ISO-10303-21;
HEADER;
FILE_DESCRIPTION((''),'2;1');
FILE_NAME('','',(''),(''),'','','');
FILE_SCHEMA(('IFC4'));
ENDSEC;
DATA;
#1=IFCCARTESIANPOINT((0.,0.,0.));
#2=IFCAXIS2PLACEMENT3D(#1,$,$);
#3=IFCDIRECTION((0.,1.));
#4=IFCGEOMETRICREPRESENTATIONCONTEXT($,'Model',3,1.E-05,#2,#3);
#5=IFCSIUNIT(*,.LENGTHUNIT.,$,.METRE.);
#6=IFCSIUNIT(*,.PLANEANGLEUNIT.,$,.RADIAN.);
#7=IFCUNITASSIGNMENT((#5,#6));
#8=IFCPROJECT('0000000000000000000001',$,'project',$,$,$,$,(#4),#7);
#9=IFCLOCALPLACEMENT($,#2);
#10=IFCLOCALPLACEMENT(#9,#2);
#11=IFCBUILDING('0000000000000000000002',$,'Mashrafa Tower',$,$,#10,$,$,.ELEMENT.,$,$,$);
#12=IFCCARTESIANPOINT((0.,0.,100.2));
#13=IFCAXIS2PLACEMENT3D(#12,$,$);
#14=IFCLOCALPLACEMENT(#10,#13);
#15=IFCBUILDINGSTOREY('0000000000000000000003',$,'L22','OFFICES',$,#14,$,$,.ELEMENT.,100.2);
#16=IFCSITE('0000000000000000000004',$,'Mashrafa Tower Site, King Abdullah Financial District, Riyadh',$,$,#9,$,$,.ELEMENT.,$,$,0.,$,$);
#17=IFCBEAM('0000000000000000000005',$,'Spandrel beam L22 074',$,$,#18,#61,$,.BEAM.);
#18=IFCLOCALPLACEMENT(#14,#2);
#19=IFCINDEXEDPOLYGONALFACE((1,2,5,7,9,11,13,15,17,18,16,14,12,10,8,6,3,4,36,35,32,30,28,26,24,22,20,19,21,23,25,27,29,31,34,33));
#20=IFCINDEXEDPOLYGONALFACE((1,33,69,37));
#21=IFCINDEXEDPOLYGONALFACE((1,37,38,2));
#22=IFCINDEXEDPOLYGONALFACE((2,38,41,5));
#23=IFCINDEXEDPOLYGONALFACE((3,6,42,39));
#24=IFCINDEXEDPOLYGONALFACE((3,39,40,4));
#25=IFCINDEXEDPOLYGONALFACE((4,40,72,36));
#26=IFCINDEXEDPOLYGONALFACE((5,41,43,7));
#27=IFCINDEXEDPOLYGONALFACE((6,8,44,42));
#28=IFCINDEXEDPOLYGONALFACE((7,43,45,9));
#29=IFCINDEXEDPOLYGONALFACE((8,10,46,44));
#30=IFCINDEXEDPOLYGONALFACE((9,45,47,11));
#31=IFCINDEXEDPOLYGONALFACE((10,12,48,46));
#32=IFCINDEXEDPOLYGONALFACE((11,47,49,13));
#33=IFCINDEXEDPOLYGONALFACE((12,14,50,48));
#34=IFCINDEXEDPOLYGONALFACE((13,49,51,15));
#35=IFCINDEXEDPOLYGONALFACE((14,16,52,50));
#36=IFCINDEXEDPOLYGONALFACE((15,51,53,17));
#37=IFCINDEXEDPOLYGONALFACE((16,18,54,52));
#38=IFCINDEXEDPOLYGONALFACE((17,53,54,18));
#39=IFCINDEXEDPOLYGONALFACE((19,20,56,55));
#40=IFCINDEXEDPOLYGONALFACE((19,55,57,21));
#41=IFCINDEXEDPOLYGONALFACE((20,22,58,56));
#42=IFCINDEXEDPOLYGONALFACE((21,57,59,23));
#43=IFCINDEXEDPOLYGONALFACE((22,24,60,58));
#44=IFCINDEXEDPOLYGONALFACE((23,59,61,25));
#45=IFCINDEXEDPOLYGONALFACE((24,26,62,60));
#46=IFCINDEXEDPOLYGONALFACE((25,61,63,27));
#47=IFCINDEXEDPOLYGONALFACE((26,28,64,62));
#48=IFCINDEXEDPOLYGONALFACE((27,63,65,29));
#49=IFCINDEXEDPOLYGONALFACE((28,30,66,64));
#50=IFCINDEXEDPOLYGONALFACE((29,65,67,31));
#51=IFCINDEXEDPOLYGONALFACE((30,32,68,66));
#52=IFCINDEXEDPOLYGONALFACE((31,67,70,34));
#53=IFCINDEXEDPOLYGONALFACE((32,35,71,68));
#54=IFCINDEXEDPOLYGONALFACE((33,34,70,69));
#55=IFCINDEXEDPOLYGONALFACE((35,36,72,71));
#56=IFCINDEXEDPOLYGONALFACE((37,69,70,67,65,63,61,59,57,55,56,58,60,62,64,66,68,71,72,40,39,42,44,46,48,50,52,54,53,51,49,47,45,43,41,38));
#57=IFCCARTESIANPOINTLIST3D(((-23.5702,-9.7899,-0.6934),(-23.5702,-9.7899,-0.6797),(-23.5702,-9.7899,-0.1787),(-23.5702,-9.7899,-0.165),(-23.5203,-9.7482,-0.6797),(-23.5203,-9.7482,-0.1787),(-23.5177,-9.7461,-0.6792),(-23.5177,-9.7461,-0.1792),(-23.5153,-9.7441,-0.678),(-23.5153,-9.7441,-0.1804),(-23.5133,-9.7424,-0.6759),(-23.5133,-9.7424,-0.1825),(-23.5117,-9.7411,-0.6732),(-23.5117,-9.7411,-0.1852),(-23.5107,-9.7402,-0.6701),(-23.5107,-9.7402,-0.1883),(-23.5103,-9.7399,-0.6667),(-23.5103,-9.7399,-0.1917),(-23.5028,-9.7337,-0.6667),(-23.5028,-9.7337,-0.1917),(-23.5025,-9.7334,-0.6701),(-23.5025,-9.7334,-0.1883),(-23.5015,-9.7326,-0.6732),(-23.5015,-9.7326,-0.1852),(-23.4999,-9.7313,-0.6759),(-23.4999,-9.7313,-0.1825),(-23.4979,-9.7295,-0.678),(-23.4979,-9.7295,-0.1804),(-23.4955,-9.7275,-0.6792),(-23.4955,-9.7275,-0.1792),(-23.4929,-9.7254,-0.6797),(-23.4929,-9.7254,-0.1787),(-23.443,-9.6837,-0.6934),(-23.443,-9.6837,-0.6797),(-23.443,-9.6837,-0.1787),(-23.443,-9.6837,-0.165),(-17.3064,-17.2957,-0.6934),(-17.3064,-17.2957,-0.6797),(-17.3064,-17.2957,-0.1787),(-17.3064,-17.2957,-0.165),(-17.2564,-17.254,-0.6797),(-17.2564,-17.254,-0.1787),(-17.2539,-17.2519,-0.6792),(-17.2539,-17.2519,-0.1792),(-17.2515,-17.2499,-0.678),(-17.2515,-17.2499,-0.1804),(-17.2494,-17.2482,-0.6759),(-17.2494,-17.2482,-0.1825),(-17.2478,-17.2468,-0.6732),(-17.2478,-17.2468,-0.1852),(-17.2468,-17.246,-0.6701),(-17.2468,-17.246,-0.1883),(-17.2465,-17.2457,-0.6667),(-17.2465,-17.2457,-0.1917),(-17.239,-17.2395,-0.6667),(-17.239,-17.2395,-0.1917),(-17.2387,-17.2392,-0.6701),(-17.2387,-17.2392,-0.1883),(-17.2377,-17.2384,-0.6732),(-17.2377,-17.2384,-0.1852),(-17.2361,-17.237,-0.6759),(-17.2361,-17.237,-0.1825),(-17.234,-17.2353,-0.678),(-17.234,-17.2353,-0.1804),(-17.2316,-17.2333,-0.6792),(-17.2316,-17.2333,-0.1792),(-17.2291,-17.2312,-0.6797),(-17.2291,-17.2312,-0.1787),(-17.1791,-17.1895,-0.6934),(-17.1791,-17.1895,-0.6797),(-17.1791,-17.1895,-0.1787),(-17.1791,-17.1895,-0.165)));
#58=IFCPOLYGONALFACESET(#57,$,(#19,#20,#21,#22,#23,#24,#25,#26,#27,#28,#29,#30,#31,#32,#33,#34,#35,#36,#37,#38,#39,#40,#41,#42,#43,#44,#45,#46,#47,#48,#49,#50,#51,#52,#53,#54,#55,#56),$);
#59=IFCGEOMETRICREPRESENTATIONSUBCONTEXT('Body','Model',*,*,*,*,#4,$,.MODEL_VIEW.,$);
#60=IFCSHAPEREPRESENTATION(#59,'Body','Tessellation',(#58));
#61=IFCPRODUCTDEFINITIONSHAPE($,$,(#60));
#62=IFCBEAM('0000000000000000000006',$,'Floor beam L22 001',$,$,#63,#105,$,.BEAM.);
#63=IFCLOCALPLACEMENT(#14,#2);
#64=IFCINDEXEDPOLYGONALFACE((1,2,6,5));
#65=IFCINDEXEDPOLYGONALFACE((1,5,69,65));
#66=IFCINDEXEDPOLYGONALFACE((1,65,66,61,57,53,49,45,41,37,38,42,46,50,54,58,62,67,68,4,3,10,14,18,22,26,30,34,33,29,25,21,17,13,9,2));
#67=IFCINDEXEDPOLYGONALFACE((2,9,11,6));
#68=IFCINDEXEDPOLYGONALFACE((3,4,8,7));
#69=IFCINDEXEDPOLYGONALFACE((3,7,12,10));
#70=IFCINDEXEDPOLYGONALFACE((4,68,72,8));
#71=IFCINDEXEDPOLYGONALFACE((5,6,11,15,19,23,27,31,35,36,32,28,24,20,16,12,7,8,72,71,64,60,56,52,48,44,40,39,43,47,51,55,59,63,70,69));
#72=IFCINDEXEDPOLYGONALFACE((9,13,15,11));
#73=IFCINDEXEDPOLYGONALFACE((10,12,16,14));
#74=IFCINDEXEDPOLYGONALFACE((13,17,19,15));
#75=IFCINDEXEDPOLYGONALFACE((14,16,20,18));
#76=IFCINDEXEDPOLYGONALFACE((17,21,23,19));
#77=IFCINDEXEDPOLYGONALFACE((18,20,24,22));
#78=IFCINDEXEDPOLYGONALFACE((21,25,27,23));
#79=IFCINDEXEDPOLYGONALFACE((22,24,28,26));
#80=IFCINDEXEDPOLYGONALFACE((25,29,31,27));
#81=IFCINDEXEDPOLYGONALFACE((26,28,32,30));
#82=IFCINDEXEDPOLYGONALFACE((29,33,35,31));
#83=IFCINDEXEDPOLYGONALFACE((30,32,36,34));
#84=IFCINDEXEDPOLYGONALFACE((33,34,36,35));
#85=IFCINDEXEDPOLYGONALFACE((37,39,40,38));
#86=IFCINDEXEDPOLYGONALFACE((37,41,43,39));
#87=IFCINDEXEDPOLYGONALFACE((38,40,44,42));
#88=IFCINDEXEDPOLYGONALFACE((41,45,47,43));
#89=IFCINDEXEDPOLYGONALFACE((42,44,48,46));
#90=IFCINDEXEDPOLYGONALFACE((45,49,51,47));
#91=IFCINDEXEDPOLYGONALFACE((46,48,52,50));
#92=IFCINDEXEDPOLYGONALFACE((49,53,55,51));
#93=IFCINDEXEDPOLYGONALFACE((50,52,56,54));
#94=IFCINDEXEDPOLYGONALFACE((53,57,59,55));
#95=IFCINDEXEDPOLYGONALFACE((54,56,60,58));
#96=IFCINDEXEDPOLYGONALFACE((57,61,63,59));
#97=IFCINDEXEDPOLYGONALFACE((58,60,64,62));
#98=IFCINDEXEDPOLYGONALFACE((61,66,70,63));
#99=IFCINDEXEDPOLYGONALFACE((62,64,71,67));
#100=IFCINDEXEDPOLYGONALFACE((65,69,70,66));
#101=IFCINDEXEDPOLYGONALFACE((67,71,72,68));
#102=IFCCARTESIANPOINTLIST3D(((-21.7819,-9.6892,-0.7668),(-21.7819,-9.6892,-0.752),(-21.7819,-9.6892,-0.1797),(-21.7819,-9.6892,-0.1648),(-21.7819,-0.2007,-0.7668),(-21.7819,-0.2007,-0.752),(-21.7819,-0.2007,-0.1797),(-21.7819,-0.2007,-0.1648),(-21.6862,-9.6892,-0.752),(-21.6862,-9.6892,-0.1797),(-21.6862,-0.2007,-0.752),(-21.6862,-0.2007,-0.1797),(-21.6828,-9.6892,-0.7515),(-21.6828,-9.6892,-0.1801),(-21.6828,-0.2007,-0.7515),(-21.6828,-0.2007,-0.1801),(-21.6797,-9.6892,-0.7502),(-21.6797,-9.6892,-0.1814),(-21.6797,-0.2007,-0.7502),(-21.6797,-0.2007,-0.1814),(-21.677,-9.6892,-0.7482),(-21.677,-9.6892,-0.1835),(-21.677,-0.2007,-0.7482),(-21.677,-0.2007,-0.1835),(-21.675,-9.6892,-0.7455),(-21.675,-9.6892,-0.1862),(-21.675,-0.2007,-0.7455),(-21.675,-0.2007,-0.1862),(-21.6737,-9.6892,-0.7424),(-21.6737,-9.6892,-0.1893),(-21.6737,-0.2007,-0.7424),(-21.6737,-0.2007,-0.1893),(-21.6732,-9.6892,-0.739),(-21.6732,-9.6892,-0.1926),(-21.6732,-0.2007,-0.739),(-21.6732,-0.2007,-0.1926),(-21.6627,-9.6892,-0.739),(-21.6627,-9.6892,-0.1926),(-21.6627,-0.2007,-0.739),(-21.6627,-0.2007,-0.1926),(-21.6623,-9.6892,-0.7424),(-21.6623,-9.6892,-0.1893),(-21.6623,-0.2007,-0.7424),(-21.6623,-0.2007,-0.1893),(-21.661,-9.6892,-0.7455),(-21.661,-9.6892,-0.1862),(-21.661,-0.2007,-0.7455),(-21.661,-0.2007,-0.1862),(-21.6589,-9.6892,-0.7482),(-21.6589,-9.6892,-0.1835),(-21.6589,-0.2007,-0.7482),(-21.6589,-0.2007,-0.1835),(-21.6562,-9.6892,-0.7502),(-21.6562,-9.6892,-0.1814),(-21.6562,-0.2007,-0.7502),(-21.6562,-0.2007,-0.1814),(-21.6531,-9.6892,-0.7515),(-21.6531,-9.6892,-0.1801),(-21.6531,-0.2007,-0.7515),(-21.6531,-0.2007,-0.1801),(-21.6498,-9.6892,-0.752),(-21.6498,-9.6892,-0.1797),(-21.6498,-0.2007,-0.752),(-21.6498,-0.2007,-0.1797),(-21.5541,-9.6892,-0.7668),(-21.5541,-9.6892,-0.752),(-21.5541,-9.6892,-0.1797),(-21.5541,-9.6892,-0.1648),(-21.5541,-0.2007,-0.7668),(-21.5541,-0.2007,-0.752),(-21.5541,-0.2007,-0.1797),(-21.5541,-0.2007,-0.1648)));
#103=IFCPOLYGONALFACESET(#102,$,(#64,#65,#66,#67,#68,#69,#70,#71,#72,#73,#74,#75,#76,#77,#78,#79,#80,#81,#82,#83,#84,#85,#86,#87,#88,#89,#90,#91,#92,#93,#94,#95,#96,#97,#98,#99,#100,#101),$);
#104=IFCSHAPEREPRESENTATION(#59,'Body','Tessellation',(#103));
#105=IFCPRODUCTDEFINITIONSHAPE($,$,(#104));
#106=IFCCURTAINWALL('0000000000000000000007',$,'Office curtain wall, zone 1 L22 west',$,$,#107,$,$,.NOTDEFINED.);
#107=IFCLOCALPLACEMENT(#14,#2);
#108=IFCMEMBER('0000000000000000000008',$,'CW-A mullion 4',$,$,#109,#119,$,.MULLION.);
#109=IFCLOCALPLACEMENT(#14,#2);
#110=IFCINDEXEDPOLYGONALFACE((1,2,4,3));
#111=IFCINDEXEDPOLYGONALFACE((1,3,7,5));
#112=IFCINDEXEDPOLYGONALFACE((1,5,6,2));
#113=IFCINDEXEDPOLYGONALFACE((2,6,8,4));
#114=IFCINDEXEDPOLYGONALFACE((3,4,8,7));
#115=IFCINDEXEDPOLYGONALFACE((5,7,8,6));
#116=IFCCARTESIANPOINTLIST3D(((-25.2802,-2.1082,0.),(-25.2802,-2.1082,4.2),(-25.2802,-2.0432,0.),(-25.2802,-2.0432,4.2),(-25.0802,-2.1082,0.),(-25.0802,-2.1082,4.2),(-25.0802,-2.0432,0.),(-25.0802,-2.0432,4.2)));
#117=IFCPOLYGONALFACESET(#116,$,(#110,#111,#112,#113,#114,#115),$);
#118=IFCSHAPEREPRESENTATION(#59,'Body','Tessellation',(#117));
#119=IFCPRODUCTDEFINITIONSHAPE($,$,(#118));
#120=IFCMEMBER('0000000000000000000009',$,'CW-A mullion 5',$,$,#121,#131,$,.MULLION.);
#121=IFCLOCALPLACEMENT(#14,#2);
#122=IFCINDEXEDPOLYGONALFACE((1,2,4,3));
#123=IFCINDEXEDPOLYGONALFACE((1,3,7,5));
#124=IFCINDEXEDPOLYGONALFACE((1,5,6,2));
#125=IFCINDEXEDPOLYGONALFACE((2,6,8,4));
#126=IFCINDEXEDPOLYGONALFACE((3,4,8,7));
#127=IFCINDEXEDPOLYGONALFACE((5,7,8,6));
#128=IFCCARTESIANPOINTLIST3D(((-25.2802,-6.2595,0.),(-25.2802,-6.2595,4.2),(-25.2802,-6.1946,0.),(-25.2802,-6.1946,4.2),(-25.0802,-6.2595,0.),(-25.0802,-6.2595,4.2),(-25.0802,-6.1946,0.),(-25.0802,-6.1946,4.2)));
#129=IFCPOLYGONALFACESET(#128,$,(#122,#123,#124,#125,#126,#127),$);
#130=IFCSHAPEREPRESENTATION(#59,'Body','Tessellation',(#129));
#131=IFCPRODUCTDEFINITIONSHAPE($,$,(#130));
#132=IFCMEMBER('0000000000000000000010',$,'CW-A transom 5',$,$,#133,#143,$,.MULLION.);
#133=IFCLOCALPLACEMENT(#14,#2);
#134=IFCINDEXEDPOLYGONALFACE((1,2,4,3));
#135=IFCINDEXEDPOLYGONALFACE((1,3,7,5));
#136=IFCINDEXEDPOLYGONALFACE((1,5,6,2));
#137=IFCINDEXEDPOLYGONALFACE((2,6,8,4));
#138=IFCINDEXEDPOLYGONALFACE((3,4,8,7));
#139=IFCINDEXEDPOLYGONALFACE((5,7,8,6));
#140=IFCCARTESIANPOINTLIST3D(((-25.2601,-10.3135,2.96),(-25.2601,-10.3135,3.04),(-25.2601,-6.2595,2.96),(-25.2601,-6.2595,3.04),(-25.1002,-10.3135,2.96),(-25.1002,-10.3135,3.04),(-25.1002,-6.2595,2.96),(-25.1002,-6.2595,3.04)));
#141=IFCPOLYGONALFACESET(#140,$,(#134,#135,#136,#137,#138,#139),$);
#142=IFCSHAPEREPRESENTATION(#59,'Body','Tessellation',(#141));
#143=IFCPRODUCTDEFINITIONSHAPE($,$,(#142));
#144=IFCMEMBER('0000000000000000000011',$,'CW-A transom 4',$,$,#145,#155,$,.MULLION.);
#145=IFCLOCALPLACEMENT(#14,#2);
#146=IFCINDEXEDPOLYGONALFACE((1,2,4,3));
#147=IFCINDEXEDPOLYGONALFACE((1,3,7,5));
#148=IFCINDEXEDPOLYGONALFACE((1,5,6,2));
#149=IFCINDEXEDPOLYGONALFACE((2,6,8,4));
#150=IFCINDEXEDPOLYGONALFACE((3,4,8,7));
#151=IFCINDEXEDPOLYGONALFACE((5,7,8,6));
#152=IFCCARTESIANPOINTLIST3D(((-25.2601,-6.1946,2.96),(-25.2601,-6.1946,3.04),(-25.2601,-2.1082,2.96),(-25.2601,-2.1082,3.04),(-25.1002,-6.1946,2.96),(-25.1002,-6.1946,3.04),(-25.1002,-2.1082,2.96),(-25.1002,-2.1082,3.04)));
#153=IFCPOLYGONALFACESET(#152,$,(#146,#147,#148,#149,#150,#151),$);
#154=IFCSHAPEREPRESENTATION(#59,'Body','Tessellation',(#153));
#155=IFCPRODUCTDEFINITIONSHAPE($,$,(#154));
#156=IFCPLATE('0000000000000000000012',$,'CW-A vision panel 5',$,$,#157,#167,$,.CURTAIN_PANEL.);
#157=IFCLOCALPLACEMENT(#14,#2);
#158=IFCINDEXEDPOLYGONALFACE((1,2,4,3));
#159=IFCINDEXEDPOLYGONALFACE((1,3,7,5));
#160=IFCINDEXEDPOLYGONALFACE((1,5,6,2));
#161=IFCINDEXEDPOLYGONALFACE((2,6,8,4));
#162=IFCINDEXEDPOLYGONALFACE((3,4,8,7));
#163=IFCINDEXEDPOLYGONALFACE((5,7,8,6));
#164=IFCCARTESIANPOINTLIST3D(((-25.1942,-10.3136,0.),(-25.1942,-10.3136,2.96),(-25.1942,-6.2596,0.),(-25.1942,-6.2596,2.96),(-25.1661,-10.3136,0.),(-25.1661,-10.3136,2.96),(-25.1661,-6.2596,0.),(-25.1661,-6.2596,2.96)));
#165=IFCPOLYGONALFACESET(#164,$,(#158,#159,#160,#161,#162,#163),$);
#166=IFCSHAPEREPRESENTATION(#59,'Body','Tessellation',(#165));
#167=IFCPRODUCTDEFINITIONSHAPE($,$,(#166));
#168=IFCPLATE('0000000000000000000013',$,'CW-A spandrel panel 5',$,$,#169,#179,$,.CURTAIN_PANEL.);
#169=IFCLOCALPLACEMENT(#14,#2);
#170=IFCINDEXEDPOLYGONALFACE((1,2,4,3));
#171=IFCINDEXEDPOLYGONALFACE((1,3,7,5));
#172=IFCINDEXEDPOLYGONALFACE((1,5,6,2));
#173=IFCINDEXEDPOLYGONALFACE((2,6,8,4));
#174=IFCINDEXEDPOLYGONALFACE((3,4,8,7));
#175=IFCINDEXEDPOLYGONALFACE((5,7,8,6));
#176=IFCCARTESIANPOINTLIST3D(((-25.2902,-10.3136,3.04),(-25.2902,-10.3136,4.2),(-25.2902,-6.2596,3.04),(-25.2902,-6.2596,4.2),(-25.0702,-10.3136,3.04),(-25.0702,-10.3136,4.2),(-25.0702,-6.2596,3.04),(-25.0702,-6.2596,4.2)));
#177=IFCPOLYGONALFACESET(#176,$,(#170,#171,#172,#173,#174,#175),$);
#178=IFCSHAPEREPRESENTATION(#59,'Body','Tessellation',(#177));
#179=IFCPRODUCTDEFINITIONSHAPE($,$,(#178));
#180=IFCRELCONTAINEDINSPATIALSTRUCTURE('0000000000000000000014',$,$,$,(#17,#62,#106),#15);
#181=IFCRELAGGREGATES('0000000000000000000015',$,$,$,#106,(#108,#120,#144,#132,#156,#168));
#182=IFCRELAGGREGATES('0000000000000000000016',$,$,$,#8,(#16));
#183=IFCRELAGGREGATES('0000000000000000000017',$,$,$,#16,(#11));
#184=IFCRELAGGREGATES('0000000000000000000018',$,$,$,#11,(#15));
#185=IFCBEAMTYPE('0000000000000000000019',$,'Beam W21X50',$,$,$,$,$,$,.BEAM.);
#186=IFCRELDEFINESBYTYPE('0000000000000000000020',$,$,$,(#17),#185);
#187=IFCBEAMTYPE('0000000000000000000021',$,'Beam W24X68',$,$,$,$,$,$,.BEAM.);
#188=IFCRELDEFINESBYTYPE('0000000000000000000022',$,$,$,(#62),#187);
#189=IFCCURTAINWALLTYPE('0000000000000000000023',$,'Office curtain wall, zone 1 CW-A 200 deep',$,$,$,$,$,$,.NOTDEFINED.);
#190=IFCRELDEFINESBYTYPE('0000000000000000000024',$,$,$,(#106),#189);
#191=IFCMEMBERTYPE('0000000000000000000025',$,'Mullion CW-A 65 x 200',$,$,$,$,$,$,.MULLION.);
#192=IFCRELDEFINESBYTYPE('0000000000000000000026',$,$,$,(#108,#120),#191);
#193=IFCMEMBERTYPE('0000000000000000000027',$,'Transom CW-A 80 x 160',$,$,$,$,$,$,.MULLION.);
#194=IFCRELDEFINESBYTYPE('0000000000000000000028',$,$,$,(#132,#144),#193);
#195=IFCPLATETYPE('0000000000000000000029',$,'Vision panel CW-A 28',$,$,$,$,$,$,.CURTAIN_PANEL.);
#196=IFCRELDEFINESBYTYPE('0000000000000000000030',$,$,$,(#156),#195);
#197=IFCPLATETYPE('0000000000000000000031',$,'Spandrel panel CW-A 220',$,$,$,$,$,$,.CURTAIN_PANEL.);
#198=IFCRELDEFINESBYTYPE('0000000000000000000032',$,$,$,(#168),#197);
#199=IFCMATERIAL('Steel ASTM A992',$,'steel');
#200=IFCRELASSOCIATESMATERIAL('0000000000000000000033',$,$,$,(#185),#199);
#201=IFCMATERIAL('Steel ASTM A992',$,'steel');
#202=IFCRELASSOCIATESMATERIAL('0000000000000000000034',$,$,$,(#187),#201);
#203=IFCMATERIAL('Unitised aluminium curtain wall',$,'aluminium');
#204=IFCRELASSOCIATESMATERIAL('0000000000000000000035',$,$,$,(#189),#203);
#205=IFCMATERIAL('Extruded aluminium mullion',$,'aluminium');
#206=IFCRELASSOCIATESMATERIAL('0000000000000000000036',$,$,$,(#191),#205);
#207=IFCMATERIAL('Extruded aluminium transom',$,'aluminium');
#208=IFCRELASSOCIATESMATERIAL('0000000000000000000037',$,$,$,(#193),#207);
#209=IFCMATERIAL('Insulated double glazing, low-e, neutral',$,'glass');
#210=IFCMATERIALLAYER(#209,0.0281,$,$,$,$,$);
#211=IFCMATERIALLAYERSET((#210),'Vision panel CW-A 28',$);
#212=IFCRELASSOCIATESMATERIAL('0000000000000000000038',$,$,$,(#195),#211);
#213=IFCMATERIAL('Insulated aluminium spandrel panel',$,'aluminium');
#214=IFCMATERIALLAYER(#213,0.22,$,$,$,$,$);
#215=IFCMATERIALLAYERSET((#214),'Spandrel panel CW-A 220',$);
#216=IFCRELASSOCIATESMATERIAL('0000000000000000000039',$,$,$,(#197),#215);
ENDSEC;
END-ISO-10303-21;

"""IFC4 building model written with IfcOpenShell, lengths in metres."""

from ifc_helpers import new_model, si_unit, direction, frame, origin, origin_2d, place, context, subcontext, project, spatial, rectangle, i_section, extrude, source, transform, mapped, material, layer, layer_set, material_profile, profile_set, type_object, type_shapes, element, aggregate, save


model = new_model("IFC4")

# Units and contexts
model_context = context("Model", 3, precision=1e-05, world=origin(), true_north=direction((0.0, 1.0)))
body_context = subcontext(model_context, "Body", "Model", "MODEL_VIEW")
ifc_project = project(units=[si_unit("LENGTHUNIT", "METRE"), si_unit("PLANEANGLEUNIT", "RADIAN")], contexts=[model_context])

# Site, building, storey
site_placement = place(None, origin())
site = spatial("IfcSite", under=ifc_project, at=site_placement, Name="Mashrafa Tower Site, King Abdullah Financial District, Riyadh", CompositionType="ELEMENT", RefElevation=0.0)
building_placement = place(site_placement, origin())
building = spatial("IfcBuilding", under=site, at=building_placement, Name="Mashrafa Tower", CompositionType="ELEMENT")
storey_placement = place(building_placement, frame((0.0, 0.0, 100.2)))
storey = spatial("IfcBuildingStorey", under=building, at=storey_placement, Name="L22", Description="OFFICES", CompositionType="ELEMENT", Elevation=100.2)

# Beams
ifc_material_1 = material(Name="Steel ASTM A992", Category="steel")
ifc_material_profile_1 = material_profile(ifc_material_1, i_section(OverallWidth=0.1658, OverallDepth=0.5283, WebThickness=0.0098, FlangeThickness=0.0137, FilletRadius=0.0129, at=origin_2d()), Name="W21X50")
ifc_profile_set_1 = profile_set([ifc_material_profile_1], Name="Steel ASTM A992")
beam_type_1 = type_object("IfcBeamType", Name="Beam W21X50", PredefinedType="BEAM", material=ifc_profile_set_1)
beam_1_placement = place(storey_placement, frame((-23.5066, -9.7368, -0.4292), z_axis=(0.64073, -0.767767, 0.0), x_axis=(0.767767, 0.64073, 0.0)))
element("IfcBeam", 1, at=beam_1_placement, inside=storey, type_object=beam_type_1, Name="Spandrel beam L22 074", PredefinedType="BEAM", context=body_context, shape_type="SweptSolid", body=[
    extrude(i_section(OverallWidth=0.1658, OverallDepth=0.5283, WebThickness=0.0098, FlangeThickness=0.0137, FilletRadius=0.0129, at=origin_2d()), origin(), (0.0, 0.0, 1.0), 9.7761),
])
ifc_material_2 = material(Name="Steel ASTM A992", Category="steel")
ifc_material_profile_2 = material_profile(ifc_material_2, i_section(OverallWidth=0.2278, OverallDepth=0.6021, WebThickness=0.0105, FlangeThickness=0.0149, FilletRadius=0.0129, at=origin_2d()), Name="W24X68")
ifc_profile_set_2 = profile_set([ifc_material_profile_2], Name="Steel ASTM A992")
beam_type_2 = type_object("IfcBeamType", Name="Beam W24X68", PredefinedType="BEAM", material=ifc_profile_set_2)
beam_2_placement = place(storey_placement, frame((-21.668, -9.6892, -0.4658), z_axis=(0.0, 1.0, 0.0), x_axis=(-1.0, 0.0, 0.0)))
element("IfcBeam", 2, at=beam_2_placement, inside=storey, type_object=beam_type_2, Name="Floor beam L22 001", PredefinedType="BEAM", context=body_context, shape_type="SweptSolid", body=[
    extrude(i_section(OverallWidth=0.2278, OverallDepth=0.6021, WebThickness=0.0105, FlangeThickness=0.0149, FilletRadius=0.0129, at=origin_2d()), origin(), (0.0, 0.0, 1.0), 9.4885),
])

# Curtain wall, members, plates
ifc_material_3 = material(Name="Unitised aluminium curtain wall", Category="aluminium")
curtain_wall_type = type_object("IfcCurtainWallType", Name="Office curtain wall, zone 1 CW-A 200 deep", PredefinedType="NOTDEFINED", material=ifc_material_3)
curtain_wall_placement = place(storey_placement, origin())
curtain_wall = element("IfcCurtainWall", 3, at=curtain_wall_placement, inside=storey, type_object=curtain_wall_type, Name="Office curtain wall, zone 1 L22 west", PredefinedType="NOTDEFINED")
ifc_material_4 = material(Name="Extruded aluminium mullion", Category="aluminium")
ifc_material_profile_3 = material_profile(ifc_material_4, rectangle(XDim=0.2, YDim=0.0649, at=origin_2d()), Name="Mullion 65x200")
ifc_profile_set_3 = profile_set([ifc_material_profile_3], Name="Extruded aluminium mullion")
member_type_1 = type_object("IfcMemberType", Name="Mullion CW-A 65 x 200", PredefinedType="MULLION", material=ifc_profile_set_3)
shared_shape_1 = source(origin(), body_context, "Body", "SweptSolid", [
    extrude(rectangle(XDim=0.2, YDim=0.0649, at=origin_2d()), origin(), (0.0, 0.0, 1.0), 4.2),
])
type_shapes(member_type_1, [shared_shape_1])
member_1_placement = place(storey_placement, frame((-25.1802, -2.0757, 0.0), z_axis=(0.0, 0.0, 1.0), x_axis=(1.0, 0.0, 0.0)))
member_1 = element("IfcMember", 4, at=member_1_placement, type_object=member_type_1, Name="CW-A mullion 4", PredefinedType="MULLION", context=body_context, shape_type="MappedRepresentation", body=[
    mapped(shared_shape_1, transform((0.0, 0.0, 0.0))),
])
member_2_placement = place(storey_placement, frame((-25.1802, -6.2271, 0.0), z_axis=(0.0, 0.0, 1.0), x_axis=(1.0, 0.0, 0.0)))
member_2 = element("IfcMember", 5, at=member_2_placement, type_object=member_type_1, Name="CW-A mullion 5", PredefinedType="MULLION", context=body_context, shape_type="MappedRepresentation", body=[
    mapped(shared_shape_1, transform((0.0, 0.0, 0.0))),
])
ifc_material_5 = material(Name="Extruded aluminium transom", Category="aluminium")
ifc_material_profile_4 = material_profile(ifc_material_5, rectangle(XDim=0.1599, YDim=0.0801, at=origin_2d()), Name="Transom 80x160")
ifc_profile_set_4 = profile_set([ifc_material_profile_4], Name="Extruded aluminium transom")
member_type_2 = type_object("IfcMemberType", Name="Transom CW-A 80 x 160", PredefinedType="MULLION", material=ifc_profile_set_4)
shared_shape_2 = source(origin(), body_context, "Body", "SweptSolid", [
    extrude(rectangle(XDim=0.1599, YDim=0.0801, at=origin_2d()), origin(), (0.0, 0.0, 1.0), 4.054),
])
member_3_placement = place(storey_placement, frame((-25.1802, -6.2595, 3.0), z_axis=(0.0, -1.0, 0.0), x_axis=(1.0, 0.0, 0.0)))
member_3 = element("IfcMember", 6, at=member_3_placement, type_object=member_type_2, Name="CW-A transom 5", PredefinedType="MULLION", context=body_context, shape_type="MappedRepresentation", body=[
    mapped(shared_shape_2, transform((0.0, 0.0, 0.0))),
])
shared_shape_3 = source(origin(), body_context, "Body", "SweptSolid", [
    extrude(rectangle(XDim=0.1599, YDim=0.0801, at=origin_2d()), origin(), (0.0, 0.0, 1.0), 4.0864),
])
type_shapes(member_type_2, [shared_shape_2, shared_shape_3])
member_4_placement = place(storey_placement, frame((-25.1802, -2.1082, 3.0), z_axis=(0.0, -1.0, 0.0), x_axis=(1.0, 0.0, 0.0)))
member_4 = element("IfcMember", 7, at=member_4_placement, type_object=member_type_2, Name="CW-A transom 4", PredefinedType="MULLION", context=body_context, shape_type="MappedRepresentation", body=[
    mapped(shared_shape_3, transform((0.0, 0.0, 0.0))),
])
ifc_material_6 = material(Name="Insulated double glazing, low-e, neutral", Category="glass")
ifc_layer_1 = layer(ifc_material_6, 0.0281)
ifc_layer_set_1 = layer_set([ifc_layer_1], Name="Vision panel CW-A 28")
plate_type_1 = type_object("IfcPlateType", Name="Vision panel CW-A 28", PredefinedType="CURTAIN_PANEL", material=ifc_layer_set_1)
shared_shape_4 = source(origin(), body_context, "Body", "SweptSolid", [
    extrude(rectangle(XDim=4.054, YDim=0.0281, at=origin_2d()), origin(), (0.0, 0.0, 1.0), 2.96),
])
plate_1_placement = place(storey_placement, frame((-25.1802, -8.2866, 0.0), z_axis=(0.0, 0.0, 1.0), x_axis=(0.0, -1.0, 0.0)))
plate_1 = element("IfcPlate", 8, at=plate_1_placement, type_object=plate_type_1, Name="CW-A vision panel 5", PredefinedType="CURTAIN_PANEL", context=body_context, shape_type="MappedRepresentation", body=[
    mapped(shared_shape_4, transform((0.0, 0.0, 0.0))),
])
ifc_material_7 = material(Name="Insulated aluminium spandrel panel", Category="aluminium")
ifc_layer_2 = layer(ifc_material_7, 0.22)
ifc_layer_set_2 = layer_set([ifc_layer_2], Name="Spandrel panel CW-A 220")
plate_type_2 = type_object("IfcPlateType", Name="Spandrel panel CW-A 220", PredefinedType="CURTAIN_PANEL", material=ifc_layer_set_2)
shared_shape_5 = source(origin(), body_context, "Body", "SweptSolid", [
    extrude(rectangle(XDim=4.054, YDim=0.22, at=origin_2d()), origin(), (0.0, 0.0, 1.0), 1.1599),
])
plate_2_placement = place(storey_placement, frame((-25.1802, -8.2866, 3.04), z_axis=(0.0, 0.0, 1.0), x_axis=(0.0, -1.0, 0.0)))
plate_2 = element("IfcPlate", 9, at=plate_2_placement, type_object=plate_type_2, Name="CW-A spandrel panel 5", PredefinedType="CURTAIN_PANEL", context=body_context, shape_type="MappedRepresentation", body=[
    mapped(shared_shape_5, transform((0.0, 0.0, 0.0))),
])
aggregate(curtain_wall, [member_1, member_2, member_4, member_3, plate_1, plate_2])

save(model, "model.ifc")
